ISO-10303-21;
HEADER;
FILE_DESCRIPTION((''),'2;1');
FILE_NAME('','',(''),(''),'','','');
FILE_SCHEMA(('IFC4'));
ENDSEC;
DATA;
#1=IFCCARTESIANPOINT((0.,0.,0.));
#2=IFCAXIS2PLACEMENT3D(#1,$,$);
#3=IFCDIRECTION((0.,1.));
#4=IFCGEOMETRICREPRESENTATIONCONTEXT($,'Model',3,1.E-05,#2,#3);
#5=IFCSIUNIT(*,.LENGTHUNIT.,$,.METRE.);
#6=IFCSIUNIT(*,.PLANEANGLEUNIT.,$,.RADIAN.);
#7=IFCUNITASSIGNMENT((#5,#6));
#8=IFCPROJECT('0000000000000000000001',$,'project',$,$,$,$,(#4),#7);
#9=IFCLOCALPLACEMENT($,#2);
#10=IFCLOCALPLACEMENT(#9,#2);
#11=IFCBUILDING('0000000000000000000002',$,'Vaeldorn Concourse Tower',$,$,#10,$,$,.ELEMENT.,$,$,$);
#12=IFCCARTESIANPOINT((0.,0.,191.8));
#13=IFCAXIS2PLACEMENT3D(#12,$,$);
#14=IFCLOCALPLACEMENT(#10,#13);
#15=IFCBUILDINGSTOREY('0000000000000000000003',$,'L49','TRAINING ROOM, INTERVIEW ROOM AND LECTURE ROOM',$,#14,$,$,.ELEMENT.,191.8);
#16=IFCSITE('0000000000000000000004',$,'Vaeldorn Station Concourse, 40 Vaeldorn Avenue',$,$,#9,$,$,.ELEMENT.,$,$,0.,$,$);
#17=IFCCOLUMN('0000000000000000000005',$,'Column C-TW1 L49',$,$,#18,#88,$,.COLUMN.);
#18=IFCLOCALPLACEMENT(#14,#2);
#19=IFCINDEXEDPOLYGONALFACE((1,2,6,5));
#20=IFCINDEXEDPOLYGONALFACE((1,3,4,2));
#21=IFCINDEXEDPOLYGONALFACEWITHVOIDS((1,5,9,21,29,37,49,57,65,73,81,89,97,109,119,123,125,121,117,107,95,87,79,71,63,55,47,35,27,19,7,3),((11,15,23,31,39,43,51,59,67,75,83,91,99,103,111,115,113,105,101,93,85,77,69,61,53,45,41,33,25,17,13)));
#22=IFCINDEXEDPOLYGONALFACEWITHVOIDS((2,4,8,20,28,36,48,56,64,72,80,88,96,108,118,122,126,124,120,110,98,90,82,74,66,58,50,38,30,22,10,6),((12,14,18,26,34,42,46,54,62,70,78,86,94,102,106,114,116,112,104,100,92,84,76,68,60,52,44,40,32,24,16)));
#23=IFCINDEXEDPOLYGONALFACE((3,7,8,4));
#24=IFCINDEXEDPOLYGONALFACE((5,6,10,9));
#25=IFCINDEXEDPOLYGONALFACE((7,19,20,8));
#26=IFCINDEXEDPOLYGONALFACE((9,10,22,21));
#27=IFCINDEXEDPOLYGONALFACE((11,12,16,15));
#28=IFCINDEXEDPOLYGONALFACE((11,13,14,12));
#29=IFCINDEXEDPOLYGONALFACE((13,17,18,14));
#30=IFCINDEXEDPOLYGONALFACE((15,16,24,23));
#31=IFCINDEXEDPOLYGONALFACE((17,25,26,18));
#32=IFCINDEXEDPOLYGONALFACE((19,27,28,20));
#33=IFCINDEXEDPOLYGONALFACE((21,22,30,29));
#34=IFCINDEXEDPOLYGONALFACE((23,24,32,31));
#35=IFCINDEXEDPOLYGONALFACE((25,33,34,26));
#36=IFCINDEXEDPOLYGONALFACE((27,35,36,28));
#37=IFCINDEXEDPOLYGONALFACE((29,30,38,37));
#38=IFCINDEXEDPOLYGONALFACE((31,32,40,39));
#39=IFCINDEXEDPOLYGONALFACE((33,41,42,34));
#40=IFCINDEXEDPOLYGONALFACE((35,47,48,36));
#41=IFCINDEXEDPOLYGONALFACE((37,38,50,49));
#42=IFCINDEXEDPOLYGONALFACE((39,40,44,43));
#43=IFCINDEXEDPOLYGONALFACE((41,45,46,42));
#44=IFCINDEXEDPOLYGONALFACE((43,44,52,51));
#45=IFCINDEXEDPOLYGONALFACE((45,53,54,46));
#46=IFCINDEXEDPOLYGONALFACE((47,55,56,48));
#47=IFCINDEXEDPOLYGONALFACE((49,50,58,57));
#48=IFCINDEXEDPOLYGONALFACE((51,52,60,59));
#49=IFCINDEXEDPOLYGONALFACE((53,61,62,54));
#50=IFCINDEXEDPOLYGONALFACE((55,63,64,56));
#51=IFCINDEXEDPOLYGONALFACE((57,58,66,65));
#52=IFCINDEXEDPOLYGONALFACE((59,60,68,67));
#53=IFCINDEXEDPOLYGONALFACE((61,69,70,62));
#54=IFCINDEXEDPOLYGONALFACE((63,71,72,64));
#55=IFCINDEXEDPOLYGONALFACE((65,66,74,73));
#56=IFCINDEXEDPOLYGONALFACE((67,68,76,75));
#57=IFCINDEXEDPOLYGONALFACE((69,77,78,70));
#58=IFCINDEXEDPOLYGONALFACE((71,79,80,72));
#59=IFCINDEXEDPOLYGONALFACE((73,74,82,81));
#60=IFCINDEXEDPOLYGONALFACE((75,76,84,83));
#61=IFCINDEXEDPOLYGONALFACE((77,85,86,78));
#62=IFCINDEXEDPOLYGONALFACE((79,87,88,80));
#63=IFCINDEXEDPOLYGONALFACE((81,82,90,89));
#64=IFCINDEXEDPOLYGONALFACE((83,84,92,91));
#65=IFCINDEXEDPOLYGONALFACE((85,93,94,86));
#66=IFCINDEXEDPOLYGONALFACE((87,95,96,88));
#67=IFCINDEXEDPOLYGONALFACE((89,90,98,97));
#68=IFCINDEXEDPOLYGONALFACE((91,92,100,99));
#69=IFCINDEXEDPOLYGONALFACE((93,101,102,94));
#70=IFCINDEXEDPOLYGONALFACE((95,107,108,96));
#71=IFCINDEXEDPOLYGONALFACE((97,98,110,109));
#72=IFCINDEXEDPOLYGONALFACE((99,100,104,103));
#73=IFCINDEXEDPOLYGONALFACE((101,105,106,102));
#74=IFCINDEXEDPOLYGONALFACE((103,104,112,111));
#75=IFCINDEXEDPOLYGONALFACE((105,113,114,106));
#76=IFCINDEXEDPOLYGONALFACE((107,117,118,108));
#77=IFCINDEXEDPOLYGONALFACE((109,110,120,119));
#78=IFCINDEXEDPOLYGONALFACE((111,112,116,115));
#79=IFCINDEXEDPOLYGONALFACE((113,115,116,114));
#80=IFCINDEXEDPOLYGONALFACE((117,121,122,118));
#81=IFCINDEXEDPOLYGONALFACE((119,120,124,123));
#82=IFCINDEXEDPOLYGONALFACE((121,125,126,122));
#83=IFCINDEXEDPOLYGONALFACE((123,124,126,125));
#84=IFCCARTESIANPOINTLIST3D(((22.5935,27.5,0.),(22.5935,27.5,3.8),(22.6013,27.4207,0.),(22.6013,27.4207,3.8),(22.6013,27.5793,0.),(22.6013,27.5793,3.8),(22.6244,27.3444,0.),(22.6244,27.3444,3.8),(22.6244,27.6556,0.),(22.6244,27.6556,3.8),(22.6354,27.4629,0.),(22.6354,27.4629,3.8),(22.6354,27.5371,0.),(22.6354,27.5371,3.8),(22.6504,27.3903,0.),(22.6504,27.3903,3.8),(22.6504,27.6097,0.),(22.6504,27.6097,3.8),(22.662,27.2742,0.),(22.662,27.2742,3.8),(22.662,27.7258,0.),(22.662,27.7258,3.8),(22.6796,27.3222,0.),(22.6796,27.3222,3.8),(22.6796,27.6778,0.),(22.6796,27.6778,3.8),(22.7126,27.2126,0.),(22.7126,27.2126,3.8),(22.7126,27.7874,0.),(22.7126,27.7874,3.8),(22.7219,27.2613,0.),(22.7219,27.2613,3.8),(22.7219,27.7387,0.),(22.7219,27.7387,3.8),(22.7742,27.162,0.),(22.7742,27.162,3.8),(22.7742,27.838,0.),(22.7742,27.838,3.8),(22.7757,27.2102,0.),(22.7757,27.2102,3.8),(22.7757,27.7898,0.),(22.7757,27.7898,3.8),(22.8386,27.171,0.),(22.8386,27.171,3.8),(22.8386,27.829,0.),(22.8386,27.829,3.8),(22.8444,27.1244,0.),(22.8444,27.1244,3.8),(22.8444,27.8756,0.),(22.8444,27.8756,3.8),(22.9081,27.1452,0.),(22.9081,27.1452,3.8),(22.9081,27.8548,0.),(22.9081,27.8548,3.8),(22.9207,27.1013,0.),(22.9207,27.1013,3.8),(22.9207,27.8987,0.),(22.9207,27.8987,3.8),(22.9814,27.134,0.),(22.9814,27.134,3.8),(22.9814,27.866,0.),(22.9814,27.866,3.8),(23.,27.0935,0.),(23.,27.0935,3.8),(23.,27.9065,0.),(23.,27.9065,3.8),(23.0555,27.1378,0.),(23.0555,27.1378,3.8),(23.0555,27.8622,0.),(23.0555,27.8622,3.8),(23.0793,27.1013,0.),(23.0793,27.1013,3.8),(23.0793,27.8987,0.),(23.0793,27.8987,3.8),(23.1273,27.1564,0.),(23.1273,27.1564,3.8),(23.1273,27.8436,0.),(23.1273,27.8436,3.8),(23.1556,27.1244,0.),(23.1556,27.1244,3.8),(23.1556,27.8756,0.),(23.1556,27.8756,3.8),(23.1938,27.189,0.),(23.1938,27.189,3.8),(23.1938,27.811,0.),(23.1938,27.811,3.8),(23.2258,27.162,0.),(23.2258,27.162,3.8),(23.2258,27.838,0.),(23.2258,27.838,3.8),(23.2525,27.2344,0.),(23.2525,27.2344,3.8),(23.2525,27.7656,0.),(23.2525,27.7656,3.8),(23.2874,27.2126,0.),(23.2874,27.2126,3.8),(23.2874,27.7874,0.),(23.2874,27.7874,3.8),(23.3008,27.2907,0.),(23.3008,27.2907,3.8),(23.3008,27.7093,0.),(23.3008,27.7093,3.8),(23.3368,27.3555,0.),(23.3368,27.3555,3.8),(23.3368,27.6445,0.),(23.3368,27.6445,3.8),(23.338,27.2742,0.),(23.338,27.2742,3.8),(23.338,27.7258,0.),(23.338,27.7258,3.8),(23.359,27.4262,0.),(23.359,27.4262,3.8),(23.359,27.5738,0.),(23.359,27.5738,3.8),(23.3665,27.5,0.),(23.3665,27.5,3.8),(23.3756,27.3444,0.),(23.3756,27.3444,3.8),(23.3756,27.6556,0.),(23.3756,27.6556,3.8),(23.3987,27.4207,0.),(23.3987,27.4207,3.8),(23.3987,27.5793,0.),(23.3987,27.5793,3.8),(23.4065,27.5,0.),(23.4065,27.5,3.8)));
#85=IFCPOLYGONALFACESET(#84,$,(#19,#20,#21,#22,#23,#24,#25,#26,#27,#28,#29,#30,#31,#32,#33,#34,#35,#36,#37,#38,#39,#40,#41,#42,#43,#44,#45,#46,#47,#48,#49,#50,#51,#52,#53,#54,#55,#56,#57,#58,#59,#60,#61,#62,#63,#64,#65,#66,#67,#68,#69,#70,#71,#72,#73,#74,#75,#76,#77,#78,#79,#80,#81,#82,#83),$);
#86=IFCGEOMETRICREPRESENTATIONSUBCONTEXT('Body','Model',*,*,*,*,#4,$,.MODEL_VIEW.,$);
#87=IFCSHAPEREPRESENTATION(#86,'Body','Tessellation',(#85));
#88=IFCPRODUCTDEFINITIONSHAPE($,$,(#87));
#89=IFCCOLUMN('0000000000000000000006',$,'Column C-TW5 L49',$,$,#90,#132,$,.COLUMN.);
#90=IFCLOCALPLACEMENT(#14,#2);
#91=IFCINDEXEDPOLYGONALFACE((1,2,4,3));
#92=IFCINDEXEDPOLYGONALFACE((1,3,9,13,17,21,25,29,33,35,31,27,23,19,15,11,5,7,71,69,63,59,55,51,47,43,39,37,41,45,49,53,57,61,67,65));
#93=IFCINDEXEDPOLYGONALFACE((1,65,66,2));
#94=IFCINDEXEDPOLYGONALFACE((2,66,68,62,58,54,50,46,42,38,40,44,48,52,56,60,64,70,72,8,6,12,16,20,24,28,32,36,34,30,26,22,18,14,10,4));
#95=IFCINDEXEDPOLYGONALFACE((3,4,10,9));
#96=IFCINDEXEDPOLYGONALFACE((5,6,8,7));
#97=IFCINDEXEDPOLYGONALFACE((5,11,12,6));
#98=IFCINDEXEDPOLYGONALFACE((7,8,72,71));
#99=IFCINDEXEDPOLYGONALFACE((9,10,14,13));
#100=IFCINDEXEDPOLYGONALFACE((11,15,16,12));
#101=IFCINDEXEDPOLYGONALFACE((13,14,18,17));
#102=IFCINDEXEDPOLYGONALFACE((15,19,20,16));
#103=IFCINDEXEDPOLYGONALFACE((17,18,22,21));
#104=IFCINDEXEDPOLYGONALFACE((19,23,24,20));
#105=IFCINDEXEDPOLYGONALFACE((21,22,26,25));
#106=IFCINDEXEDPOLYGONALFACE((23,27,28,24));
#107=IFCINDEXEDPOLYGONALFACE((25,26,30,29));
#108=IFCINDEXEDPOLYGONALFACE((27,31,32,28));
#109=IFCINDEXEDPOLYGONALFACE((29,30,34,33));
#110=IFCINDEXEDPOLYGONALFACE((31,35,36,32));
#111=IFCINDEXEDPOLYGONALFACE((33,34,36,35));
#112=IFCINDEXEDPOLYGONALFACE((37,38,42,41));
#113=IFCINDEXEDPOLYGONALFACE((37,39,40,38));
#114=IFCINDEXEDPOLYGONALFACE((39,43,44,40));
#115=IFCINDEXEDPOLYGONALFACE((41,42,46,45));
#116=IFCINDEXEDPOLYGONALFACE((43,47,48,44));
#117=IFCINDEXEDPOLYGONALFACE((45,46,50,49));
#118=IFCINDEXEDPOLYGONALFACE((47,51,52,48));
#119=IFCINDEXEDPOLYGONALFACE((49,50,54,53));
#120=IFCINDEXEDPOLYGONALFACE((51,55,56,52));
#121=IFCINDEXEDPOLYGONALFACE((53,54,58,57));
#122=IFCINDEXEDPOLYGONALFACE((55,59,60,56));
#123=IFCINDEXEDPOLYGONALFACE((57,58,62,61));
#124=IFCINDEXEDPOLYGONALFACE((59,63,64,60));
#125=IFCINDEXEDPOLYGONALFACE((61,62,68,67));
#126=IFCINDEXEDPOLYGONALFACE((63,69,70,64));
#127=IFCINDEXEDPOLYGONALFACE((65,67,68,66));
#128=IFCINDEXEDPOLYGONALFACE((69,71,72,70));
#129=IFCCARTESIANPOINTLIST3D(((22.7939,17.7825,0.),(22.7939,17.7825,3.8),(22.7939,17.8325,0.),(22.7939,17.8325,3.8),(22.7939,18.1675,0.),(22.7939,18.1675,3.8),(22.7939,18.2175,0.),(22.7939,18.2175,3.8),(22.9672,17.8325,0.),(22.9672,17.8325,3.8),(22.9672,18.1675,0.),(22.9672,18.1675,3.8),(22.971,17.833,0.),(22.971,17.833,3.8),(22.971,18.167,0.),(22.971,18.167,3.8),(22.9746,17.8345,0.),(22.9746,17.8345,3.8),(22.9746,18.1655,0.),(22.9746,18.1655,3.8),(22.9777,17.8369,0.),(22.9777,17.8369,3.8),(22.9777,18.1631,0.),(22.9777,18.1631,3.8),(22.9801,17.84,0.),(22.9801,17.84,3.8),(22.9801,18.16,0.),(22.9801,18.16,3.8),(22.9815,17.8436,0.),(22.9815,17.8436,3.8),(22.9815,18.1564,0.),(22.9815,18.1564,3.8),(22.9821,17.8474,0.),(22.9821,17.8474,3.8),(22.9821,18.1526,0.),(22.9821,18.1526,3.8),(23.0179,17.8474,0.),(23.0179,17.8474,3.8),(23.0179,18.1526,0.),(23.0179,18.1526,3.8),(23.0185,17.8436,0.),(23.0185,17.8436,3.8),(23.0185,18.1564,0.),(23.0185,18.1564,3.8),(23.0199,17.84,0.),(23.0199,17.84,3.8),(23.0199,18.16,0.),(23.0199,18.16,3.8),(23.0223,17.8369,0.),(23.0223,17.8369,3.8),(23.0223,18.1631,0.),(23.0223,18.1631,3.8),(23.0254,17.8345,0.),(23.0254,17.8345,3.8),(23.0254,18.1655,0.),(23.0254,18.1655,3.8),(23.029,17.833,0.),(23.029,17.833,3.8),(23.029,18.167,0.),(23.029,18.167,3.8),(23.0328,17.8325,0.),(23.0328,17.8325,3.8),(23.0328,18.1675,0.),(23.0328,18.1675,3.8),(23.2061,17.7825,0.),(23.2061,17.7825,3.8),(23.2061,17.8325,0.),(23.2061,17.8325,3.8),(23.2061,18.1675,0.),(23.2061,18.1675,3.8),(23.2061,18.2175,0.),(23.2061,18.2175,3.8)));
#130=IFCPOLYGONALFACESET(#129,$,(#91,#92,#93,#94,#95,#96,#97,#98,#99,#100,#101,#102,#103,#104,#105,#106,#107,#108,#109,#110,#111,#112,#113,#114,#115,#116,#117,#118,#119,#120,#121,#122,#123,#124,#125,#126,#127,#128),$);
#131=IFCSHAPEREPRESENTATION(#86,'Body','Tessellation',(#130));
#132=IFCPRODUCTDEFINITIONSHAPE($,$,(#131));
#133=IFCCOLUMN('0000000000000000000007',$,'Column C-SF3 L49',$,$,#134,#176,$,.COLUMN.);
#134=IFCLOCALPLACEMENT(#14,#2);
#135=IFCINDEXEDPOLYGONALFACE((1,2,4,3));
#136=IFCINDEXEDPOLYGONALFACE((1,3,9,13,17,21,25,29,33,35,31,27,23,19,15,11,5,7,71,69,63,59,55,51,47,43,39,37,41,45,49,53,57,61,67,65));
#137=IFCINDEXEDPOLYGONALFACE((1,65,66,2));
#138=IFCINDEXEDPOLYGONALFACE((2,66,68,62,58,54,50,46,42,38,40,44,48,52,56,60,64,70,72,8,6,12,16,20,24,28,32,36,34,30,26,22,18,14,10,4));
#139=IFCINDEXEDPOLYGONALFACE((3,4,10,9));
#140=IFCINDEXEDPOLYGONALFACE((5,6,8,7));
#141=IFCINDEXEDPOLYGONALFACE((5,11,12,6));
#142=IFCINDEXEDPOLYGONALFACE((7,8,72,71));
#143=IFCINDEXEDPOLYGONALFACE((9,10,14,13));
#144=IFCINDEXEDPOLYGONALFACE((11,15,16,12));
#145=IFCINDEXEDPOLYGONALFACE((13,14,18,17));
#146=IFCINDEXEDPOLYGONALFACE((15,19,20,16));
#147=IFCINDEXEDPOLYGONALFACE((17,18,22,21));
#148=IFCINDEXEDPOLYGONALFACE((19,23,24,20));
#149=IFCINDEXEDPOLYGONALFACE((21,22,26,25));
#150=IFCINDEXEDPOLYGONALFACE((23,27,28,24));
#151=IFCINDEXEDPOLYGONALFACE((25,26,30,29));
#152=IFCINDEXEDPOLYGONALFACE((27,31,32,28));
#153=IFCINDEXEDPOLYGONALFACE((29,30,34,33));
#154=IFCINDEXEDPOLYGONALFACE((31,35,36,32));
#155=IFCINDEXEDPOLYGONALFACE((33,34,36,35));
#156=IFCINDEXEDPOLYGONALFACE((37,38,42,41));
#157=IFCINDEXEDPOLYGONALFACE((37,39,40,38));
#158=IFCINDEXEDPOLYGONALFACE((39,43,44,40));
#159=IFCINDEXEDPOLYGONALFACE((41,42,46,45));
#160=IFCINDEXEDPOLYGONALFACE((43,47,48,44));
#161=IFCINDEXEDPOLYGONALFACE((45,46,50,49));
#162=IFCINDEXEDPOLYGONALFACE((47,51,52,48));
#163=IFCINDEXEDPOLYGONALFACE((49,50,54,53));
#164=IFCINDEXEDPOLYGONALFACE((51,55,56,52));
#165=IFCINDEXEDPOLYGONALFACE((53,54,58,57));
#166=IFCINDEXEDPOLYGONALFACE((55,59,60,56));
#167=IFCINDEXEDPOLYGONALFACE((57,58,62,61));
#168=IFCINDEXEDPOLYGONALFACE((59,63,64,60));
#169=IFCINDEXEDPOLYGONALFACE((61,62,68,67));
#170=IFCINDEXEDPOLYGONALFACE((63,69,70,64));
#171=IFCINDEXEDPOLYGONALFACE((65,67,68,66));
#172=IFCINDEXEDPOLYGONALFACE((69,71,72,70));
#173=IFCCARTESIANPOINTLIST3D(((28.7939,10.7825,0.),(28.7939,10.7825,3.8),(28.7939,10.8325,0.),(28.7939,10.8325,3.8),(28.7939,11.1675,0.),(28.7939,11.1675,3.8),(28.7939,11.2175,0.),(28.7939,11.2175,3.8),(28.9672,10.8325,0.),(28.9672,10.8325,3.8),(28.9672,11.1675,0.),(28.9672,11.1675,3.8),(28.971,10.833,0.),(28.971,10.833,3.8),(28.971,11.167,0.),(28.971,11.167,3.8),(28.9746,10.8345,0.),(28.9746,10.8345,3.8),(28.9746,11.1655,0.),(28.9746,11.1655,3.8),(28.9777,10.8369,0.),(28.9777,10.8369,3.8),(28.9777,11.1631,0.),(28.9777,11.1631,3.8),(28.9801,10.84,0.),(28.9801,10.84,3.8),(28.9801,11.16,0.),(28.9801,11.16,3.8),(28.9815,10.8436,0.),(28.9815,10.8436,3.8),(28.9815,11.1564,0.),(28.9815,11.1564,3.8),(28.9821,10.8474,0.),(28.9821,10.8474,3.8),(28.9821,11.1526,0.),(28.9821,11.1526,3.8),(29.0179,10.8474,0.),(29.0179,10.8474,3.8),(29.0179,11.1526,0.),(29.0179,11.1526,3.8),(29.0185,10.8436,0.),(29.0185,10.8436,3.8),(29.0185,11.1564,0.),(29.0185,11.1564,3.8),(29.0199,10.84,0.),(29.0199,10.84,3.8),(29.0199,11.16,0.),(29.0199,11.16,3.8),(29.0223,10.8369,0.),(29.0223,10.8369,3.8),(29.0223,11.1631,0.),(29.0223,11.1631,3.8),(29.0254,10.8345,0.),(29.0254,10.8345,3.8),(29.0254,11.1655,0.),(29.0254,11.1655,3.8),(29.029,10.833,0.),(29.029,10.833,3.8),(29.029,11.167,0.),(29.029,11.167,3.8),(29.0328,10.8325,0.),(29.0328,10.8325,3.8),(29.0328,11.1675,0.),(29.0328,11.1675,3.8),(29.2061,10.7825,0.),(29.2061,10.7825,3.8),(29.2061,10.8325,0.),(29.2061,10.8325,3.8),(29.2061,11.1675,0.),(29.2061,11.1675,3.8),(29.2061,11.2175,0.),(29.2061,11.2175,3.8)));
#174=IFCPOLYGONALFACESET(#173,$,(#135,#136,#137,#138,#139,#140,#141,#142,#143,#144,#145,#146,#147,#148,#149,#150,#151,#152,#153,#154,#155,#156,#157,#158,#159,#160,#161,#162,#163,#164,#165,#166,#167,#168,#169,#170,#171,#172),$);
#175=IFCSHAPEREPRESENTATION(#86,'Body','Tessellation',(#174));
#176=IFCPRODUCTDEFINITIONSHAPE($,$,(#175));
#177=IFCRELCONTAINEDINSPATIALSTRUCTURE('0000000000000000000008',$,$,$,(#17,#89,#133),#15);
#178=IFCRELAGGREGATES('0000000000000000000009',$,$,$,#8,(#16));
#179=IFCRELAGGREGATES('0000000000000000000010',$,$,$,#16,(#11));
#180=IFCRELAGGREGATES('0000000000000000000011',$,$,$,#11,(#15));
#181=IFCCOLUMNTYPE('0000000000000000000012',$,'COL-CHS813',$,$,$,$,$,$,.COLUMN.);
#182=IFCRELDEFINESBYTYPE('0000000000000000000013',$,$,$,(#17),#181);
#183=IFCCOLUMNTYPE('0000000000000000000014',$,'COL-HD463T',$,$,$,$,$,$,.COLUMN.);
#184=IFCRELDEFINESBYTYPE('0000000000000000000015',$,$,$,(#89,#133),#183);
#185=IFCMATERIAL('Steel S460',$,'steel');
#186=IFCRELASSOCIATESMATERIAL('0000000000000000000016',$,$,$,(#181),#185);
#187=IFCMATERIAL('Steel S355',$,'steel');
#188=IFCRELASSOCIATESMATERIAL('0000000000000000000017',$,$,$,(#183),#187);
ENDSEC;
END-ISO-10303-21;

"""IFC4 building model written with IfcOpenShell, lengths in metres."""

from ifc_helpers import new_model, si_unit, direction, frame, origin, origin_2d, place, context, subcontext, project, spatial, hollow_circle, i_section, extrude, source, transform, mapped, material, material_profile, profile_set, type_object, element, save


model = new_model("IFC4")

# Units and contexts
model_context = context("Model", 3, precision=1e-05, world=origin(), true_north=direction((0.0, 1.0)))
body_context = subcontext(model_context, "Body", "Model", "MODEL_VIEW")
ifc_project = project(units=[si_unit("LENGTHUNIT", "METRE"), si_unit("PLANEANGLEUNIT", "RADIAN")], contexts=[model_context])

# Site, building, storey
site_placement = place(None, origin())
site = spatial("IfcSite", under=ifc_project, at=site_placement, Name="Vaeldorn Station Concourse, 40 Vaeldorn Avenue", CompositionType="ELEMENT", RefElevation=0.0)
building_placement = place(site_placement, origin())
building = spatial("IfcBuilding", under=site, at=building_placement, Name="Vaeldorn Concourse Tower", CompositionType="ELEMENT")
storey_placement = place(building_placement, frame((0.0, 0.0, 191.8)))
storey = spatial("IfcBuildingStorey", under=building, at=storey_placement, Name="L49", Description="TRAINING ROOM, INTERVIEW ROOM AND LECTURE ROOM", CompositionType="ELEMENT", Elevation=191.8)

# Columns
ifc_material_1 = material(Name="Steel S460", Category="steel")
ifc_material_profile_1 = material_profile(ifc_material_1, hollow_circle(Radius=0.4065, WallThickness=0.04, at=origin_2d()), Name="CHS 813x40")
ifc_profile_set_1 = profile_set([ifc_material_profile_1], Name="Steel S460")
column_type_1 = type_object("IfcColumnType", Name="COL-CHS813", PredefinedType="COLUMN", material=ifc_profile_set_1)
shared_shape_1 = source(origin(), body_context, "Body", "SweptSolid", [
    extrude(hollow_circle(Radius=0.4065, WallThickness=0.04, at=origin_2d()), origin(), (0.0, 0.0, 1.0), 3.8),
])
column_placement = place(storey_placement, frame((23.0, 27.5, 0.0), z_axis=(0.0, 0.0, 1.0), x_axis=(1.0, 0.0, 0.0)))
element("IfcColumn", 1, at=column_placement, inside=storey, type_object=column_type_1, Name="Column C-TW1 L49", PredefinedType="COLUMN", context=body_context, shape_type="MappedRepresentation", body=[
    mapped(shared_shape_1, transform((0.0, 0.0, 0.0), scale=1.0)),
])
ifc_material_2 = material(Name="Steel S355", Category="steel")
ifc_material_profile_2 = material_profile(ifc_material_2, i_section(OverallWidth=0.4121, OverallDepth=0.4351, WebThickness=0.0359, FlangeThickness=0.05, FilletRadius=0.0149, at=origin_2d()), Name="HD 400x463")
ifc_profile_set_2 = profile_set([ifc_material_profile_2], Name="Steel S355")
column_type_2 = type_object("IfcColumnType", Name="COL-HD463T", PredefinedType="COLUMN", material=ifc_profile_set_2)
shared_shape_2 = source(origin(), body_context, "Body", "SweptSolid", [
    extrude(i_section(OverallWidth=0.4121, OverallDepth=0.4351, WebThickness=0.0359, FlangeThickness=0.05, FilletRadius=0.0149, at=origin_2d()), origin(), (0.0, 0.0, 1.0), 3.8),
])
for number, where, z_axis, x_axis, name in (
    (2, (23.0, 18.0, 0.0), (0.0, 0.0, 1.0), (1.0, 0.0, 0.0), "Column C-TW5 L49"),
    (3, (29.0, 11.0, 0.0), (0.0, 0.0, 1.0), (1.0, 0.0, 0.0), "Column C-SF3 L49"),
):
    element("IfcColumn", number, at=place(storey_placement, frame(where, z_axis=z_axis, x_axis=x_axis)), inside=storey, type_object=column_type_2, Name=name, PredefinedType="COLUMN", context=body_context, shape_type="MappedRepresentation", body=[
        mapped(shared_shape_2, transform((0.0, 0.0, 0.0), scale=1.0)),
    ])

save(model, "model.ifc")
